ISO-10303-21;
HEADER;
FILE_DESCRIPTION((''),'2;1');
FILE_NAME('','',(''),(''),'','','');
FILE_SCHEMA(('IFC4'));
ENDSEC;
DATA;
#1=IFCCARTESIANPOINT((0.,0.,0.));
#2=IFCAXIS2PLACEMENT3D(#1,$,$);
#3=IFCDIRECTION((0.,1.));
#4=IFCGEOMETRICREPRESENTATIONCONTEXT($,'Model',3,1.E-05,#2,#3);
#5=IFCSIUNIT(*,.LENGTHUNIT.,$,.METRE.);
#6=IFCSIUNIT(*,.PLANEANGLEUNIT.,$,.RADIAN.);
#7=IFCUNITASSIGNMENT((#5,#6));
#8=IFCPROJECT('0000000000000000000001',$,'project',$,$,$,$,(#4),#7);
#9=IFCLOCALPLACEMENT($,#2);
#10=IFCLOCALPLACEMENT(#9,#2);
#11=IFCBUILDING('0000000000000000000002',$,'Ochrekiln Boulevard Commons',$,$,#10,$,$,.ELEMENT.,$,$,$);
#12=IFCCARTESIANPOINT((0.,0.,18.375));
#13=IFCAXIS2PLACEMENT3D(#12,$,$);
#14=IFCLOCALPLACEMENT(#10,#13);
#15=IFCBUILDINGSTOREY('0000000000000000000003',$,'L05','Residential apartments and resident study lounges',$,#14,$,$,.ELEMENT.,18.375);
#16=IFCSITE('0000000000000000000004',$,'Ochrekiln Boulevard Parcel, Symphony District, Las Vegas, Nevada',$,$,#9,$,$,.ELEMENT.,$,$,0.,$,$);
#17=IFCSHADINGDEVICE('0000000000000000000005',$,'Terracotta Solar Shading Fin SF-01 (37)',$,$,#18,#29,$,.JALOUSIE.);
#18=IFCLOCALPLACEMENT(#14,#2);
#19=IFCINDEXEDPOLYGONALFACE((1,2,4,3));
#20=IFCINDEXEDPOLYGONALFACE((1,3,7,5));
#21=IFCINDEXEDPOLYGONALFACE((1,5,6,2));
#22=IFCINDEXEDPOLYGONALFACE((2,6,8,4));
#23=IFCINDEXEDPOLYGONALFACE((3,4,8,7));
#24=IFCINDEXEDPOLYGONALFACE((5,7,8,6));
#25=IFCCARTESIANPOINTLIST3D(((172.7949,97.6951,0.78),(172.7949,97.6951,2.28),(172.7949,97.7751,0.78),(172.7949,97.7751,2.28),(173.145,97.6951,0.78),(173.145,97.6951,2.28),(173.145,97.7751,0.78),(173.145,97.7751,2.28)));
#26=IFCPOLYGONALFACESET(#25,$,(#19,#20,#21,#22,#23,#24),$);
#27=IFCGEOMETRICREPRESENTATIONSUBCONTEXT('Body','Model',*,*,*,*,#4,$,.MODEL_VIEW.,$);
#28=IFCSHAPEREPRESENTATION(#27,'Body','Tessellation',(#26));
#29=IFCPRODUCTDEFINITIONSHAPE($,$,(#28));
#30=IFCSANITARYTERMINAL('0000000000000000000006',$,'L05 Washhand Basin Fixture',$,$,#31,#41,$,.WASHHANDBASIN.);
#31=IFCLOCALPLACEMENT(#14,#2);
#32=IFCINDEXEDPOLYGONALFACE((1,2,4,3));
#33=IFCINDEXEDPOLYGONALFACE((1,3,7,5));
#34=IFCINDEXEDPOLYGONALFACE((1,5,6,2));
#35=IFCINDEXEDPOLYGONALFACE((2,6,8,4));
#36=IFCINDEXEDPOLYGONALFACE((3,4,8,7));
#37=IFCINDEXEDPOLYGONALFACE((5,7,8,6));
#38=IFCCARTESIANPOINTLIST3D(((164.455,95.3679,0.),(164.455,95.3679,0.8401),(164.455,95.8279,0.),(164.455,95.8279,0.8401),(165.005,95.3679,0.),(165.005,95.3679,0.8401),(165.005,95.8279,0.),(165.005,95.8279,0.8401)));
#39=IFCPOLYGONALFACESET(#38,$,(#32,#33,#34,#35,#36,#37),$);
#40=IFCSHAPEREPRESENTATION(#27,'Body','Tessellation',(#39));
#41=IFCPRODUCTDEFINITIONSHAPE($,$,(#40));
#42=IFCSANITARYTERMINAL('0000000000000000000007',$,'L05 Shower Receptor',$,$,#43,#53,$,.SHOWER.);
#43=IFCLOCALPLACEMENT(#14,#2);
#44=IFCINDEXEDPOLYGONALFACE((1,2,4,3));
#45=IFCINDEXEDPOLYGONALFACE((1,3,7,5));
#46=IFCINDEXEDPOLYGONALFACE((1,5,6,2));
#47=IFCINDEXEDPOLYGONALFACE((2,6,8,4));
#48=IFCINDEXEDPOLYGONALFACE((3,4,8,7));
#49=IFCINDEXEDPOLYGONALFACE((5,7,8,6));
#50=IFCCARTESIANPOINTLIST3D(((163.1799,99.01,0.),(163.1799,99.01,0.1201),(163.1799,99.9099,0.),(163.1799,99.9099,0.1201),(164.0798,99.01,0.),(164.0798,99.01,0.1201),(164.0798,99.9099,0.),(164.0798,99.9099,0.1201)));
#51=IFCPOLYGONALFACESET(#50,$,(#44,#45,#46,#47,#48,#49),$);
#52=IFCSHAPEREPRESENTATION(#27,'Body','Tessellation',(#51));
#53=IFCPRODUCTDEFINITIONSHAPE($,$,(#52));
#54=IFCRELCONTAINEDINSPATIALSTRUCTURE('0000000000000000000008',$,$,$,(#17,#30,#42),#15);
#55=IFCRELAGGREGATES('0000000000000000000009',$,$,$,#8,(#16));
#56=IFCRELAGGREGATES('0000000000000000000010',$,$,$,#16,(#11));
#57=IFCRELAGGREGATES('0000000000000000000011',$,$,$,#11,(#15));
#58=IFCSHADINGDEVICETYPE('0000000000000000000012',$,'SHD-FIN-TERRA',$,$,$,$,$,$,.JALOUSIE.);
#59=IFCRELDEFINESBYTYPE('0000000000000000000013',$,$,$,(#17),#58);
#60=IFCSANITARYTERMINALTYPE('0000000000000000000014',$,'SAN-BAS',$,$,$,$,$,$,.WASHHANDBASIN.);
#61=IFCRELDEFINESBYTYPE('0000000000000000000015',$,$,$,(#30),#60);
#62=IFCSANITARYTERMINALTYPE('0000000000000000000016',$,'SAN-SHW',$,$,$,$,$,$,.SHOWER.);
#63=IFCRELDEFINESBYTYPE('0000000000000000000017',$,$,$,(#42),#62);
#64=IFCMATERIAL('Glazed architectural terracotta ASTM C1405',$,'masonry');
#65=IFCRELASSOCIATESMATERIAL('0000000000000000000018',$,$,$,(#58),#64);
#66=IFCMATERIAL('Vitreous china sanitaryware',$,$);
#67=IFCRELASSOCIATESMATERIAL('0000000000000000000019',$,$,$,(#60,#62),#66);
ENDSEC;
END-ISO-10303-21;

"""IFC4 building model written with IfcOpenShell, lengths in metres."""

from ifc_helpers import new_model, si_unit, direction, frame, origin, origin_2d, place, context, subcontext, project, spatial, rectangle, extrude, material, type_object, element, save


model = new_model("IFC4")

# Units and contexts
model_context = context("Model", 3, precision=1e-05, world=origin(), true_north=direction((0.0, 1.0)))
body_context = subcontext(model_context, "Body", "Model", "MODEL_VIEW")
ifc_project = project(units=[si_unit("LENGTHUNIT", "METRE"), si_unit("PLANEANGLEUNIT", "RADIAN")], contexts=[model_context])

# Site, building, storey
site_placement = place(None, origin())
site = spatial("IfcSite", under=ifc_project, at=site_placement, Name="Ochrekiln Boulevard Parcel, Symphony District, Las Vegas, Nevada", CompositionType="ELEMENT", RefElevation=0.0)
building_placement = place(site_placement, origin())
building = spatial("IfcBuilding", under=site, at=building_placement, Name="Ochrekiln Boulevard Commons", CompositionType="ELEMENT")
storey_placement = place(building_placement, frame((0.0, 0.0, 18.375)))
storey = spatial("IfcBuildingStorey", under=building, at=storey_placement, Name="L05", Description="Residential apartments and resident study lounges", CompositionType="ELEMENT", Elevation=18.375)

# Shared definitions
ifc_material_1 = material(Name="Glazed architectural terracotta ASTM C1405", Category="masonry")

# Shading device
shading_device_type = type_object("IfcShadingDeviceType", Name="SHD-FIN-TERRA", PredefinedType="JALOUSIE", material=ifc_material_1)
shading_device_placement = place(storey_placement, frame((172.97, 97.7351, 0.78), z_axis=(0.0, 0.0, 1.0), x_axis=(1.0, 0.0, 0.0)))
element("IfcShadingDevice", 1, at=shading_device_placement, inside=storey, type_object=shading_device_type, Name="Terracotta Solar Shading Fin SF-01 (37)", PredefinedType="JALOUSIE", context=body_context, shape_type="SweptSolid", body=[
    extrude(rectangle(XDim=0.3501, YDim=0.0801, at=origin_2d()), origin(), (0.0, 0.0, 1.0), 1.5),
])

# Sanitary terminals
ifc_material_2 = material(Name="Vitreous china sanitaryware")
sanitary_terminal_type_1 = type_object("IfcSanitaryTerminalType", Name="SAN-BAS", PredefinedType="WASHHANDBASIN", material=ifc_material_2)
sanitary_terminal_1_placement = place(storey_placement, frame((164.73, 95.5979, 0.0), z_axis=(0.0, 0.0, 1.0), x_axis=(1.0, 0.0, 0.0)))
element("IfcSanitaryTerminal", 2, at=sanitary_terminal_1_placement, inside=storey, type_object=sanitary_terminal_type_1, Name="L05 Washhand Basin Fixture", PredefinedType="WASHHANDBASIN", context=body_context, shape_type="SweptSolid", body=[
    extrude(rectangle(XDim=0.55, YDim=0.46, at=origin_2d()), origin(), (0.0, 0.0, 1.0), 0.8401),
])
sanitary_terminal_type_2 = type_object("IfcSanitaryTerminalType", Name="SAN-SHW", PredefinedType="SHOWER", material=ifc_material_2)
sanitary_terminal_2_placement = place(storey_placement, frame((163.6299, 99.46, 0.0), z_axis=(0.0, 0.0, 1.0), x_axis=(1.0, 0.0, 0.0)))
element("IfcSanitaryTerminal", 3, at=sanitary_terminal_2_placement, inside=storey, type_object=sanitary_terminal_type_2, Name="L05 Shower Receptor", PredefinedType="SHOWER", context=body_context, shape_type="SweptSolid", body=[
    extrude(rectangle(XDim=0.8999, YDim=0.8999, at=origin_2d()), origin(), (0.0, 0.0, 1.0), 0.1201),
])

save(model, "model.ifc")
